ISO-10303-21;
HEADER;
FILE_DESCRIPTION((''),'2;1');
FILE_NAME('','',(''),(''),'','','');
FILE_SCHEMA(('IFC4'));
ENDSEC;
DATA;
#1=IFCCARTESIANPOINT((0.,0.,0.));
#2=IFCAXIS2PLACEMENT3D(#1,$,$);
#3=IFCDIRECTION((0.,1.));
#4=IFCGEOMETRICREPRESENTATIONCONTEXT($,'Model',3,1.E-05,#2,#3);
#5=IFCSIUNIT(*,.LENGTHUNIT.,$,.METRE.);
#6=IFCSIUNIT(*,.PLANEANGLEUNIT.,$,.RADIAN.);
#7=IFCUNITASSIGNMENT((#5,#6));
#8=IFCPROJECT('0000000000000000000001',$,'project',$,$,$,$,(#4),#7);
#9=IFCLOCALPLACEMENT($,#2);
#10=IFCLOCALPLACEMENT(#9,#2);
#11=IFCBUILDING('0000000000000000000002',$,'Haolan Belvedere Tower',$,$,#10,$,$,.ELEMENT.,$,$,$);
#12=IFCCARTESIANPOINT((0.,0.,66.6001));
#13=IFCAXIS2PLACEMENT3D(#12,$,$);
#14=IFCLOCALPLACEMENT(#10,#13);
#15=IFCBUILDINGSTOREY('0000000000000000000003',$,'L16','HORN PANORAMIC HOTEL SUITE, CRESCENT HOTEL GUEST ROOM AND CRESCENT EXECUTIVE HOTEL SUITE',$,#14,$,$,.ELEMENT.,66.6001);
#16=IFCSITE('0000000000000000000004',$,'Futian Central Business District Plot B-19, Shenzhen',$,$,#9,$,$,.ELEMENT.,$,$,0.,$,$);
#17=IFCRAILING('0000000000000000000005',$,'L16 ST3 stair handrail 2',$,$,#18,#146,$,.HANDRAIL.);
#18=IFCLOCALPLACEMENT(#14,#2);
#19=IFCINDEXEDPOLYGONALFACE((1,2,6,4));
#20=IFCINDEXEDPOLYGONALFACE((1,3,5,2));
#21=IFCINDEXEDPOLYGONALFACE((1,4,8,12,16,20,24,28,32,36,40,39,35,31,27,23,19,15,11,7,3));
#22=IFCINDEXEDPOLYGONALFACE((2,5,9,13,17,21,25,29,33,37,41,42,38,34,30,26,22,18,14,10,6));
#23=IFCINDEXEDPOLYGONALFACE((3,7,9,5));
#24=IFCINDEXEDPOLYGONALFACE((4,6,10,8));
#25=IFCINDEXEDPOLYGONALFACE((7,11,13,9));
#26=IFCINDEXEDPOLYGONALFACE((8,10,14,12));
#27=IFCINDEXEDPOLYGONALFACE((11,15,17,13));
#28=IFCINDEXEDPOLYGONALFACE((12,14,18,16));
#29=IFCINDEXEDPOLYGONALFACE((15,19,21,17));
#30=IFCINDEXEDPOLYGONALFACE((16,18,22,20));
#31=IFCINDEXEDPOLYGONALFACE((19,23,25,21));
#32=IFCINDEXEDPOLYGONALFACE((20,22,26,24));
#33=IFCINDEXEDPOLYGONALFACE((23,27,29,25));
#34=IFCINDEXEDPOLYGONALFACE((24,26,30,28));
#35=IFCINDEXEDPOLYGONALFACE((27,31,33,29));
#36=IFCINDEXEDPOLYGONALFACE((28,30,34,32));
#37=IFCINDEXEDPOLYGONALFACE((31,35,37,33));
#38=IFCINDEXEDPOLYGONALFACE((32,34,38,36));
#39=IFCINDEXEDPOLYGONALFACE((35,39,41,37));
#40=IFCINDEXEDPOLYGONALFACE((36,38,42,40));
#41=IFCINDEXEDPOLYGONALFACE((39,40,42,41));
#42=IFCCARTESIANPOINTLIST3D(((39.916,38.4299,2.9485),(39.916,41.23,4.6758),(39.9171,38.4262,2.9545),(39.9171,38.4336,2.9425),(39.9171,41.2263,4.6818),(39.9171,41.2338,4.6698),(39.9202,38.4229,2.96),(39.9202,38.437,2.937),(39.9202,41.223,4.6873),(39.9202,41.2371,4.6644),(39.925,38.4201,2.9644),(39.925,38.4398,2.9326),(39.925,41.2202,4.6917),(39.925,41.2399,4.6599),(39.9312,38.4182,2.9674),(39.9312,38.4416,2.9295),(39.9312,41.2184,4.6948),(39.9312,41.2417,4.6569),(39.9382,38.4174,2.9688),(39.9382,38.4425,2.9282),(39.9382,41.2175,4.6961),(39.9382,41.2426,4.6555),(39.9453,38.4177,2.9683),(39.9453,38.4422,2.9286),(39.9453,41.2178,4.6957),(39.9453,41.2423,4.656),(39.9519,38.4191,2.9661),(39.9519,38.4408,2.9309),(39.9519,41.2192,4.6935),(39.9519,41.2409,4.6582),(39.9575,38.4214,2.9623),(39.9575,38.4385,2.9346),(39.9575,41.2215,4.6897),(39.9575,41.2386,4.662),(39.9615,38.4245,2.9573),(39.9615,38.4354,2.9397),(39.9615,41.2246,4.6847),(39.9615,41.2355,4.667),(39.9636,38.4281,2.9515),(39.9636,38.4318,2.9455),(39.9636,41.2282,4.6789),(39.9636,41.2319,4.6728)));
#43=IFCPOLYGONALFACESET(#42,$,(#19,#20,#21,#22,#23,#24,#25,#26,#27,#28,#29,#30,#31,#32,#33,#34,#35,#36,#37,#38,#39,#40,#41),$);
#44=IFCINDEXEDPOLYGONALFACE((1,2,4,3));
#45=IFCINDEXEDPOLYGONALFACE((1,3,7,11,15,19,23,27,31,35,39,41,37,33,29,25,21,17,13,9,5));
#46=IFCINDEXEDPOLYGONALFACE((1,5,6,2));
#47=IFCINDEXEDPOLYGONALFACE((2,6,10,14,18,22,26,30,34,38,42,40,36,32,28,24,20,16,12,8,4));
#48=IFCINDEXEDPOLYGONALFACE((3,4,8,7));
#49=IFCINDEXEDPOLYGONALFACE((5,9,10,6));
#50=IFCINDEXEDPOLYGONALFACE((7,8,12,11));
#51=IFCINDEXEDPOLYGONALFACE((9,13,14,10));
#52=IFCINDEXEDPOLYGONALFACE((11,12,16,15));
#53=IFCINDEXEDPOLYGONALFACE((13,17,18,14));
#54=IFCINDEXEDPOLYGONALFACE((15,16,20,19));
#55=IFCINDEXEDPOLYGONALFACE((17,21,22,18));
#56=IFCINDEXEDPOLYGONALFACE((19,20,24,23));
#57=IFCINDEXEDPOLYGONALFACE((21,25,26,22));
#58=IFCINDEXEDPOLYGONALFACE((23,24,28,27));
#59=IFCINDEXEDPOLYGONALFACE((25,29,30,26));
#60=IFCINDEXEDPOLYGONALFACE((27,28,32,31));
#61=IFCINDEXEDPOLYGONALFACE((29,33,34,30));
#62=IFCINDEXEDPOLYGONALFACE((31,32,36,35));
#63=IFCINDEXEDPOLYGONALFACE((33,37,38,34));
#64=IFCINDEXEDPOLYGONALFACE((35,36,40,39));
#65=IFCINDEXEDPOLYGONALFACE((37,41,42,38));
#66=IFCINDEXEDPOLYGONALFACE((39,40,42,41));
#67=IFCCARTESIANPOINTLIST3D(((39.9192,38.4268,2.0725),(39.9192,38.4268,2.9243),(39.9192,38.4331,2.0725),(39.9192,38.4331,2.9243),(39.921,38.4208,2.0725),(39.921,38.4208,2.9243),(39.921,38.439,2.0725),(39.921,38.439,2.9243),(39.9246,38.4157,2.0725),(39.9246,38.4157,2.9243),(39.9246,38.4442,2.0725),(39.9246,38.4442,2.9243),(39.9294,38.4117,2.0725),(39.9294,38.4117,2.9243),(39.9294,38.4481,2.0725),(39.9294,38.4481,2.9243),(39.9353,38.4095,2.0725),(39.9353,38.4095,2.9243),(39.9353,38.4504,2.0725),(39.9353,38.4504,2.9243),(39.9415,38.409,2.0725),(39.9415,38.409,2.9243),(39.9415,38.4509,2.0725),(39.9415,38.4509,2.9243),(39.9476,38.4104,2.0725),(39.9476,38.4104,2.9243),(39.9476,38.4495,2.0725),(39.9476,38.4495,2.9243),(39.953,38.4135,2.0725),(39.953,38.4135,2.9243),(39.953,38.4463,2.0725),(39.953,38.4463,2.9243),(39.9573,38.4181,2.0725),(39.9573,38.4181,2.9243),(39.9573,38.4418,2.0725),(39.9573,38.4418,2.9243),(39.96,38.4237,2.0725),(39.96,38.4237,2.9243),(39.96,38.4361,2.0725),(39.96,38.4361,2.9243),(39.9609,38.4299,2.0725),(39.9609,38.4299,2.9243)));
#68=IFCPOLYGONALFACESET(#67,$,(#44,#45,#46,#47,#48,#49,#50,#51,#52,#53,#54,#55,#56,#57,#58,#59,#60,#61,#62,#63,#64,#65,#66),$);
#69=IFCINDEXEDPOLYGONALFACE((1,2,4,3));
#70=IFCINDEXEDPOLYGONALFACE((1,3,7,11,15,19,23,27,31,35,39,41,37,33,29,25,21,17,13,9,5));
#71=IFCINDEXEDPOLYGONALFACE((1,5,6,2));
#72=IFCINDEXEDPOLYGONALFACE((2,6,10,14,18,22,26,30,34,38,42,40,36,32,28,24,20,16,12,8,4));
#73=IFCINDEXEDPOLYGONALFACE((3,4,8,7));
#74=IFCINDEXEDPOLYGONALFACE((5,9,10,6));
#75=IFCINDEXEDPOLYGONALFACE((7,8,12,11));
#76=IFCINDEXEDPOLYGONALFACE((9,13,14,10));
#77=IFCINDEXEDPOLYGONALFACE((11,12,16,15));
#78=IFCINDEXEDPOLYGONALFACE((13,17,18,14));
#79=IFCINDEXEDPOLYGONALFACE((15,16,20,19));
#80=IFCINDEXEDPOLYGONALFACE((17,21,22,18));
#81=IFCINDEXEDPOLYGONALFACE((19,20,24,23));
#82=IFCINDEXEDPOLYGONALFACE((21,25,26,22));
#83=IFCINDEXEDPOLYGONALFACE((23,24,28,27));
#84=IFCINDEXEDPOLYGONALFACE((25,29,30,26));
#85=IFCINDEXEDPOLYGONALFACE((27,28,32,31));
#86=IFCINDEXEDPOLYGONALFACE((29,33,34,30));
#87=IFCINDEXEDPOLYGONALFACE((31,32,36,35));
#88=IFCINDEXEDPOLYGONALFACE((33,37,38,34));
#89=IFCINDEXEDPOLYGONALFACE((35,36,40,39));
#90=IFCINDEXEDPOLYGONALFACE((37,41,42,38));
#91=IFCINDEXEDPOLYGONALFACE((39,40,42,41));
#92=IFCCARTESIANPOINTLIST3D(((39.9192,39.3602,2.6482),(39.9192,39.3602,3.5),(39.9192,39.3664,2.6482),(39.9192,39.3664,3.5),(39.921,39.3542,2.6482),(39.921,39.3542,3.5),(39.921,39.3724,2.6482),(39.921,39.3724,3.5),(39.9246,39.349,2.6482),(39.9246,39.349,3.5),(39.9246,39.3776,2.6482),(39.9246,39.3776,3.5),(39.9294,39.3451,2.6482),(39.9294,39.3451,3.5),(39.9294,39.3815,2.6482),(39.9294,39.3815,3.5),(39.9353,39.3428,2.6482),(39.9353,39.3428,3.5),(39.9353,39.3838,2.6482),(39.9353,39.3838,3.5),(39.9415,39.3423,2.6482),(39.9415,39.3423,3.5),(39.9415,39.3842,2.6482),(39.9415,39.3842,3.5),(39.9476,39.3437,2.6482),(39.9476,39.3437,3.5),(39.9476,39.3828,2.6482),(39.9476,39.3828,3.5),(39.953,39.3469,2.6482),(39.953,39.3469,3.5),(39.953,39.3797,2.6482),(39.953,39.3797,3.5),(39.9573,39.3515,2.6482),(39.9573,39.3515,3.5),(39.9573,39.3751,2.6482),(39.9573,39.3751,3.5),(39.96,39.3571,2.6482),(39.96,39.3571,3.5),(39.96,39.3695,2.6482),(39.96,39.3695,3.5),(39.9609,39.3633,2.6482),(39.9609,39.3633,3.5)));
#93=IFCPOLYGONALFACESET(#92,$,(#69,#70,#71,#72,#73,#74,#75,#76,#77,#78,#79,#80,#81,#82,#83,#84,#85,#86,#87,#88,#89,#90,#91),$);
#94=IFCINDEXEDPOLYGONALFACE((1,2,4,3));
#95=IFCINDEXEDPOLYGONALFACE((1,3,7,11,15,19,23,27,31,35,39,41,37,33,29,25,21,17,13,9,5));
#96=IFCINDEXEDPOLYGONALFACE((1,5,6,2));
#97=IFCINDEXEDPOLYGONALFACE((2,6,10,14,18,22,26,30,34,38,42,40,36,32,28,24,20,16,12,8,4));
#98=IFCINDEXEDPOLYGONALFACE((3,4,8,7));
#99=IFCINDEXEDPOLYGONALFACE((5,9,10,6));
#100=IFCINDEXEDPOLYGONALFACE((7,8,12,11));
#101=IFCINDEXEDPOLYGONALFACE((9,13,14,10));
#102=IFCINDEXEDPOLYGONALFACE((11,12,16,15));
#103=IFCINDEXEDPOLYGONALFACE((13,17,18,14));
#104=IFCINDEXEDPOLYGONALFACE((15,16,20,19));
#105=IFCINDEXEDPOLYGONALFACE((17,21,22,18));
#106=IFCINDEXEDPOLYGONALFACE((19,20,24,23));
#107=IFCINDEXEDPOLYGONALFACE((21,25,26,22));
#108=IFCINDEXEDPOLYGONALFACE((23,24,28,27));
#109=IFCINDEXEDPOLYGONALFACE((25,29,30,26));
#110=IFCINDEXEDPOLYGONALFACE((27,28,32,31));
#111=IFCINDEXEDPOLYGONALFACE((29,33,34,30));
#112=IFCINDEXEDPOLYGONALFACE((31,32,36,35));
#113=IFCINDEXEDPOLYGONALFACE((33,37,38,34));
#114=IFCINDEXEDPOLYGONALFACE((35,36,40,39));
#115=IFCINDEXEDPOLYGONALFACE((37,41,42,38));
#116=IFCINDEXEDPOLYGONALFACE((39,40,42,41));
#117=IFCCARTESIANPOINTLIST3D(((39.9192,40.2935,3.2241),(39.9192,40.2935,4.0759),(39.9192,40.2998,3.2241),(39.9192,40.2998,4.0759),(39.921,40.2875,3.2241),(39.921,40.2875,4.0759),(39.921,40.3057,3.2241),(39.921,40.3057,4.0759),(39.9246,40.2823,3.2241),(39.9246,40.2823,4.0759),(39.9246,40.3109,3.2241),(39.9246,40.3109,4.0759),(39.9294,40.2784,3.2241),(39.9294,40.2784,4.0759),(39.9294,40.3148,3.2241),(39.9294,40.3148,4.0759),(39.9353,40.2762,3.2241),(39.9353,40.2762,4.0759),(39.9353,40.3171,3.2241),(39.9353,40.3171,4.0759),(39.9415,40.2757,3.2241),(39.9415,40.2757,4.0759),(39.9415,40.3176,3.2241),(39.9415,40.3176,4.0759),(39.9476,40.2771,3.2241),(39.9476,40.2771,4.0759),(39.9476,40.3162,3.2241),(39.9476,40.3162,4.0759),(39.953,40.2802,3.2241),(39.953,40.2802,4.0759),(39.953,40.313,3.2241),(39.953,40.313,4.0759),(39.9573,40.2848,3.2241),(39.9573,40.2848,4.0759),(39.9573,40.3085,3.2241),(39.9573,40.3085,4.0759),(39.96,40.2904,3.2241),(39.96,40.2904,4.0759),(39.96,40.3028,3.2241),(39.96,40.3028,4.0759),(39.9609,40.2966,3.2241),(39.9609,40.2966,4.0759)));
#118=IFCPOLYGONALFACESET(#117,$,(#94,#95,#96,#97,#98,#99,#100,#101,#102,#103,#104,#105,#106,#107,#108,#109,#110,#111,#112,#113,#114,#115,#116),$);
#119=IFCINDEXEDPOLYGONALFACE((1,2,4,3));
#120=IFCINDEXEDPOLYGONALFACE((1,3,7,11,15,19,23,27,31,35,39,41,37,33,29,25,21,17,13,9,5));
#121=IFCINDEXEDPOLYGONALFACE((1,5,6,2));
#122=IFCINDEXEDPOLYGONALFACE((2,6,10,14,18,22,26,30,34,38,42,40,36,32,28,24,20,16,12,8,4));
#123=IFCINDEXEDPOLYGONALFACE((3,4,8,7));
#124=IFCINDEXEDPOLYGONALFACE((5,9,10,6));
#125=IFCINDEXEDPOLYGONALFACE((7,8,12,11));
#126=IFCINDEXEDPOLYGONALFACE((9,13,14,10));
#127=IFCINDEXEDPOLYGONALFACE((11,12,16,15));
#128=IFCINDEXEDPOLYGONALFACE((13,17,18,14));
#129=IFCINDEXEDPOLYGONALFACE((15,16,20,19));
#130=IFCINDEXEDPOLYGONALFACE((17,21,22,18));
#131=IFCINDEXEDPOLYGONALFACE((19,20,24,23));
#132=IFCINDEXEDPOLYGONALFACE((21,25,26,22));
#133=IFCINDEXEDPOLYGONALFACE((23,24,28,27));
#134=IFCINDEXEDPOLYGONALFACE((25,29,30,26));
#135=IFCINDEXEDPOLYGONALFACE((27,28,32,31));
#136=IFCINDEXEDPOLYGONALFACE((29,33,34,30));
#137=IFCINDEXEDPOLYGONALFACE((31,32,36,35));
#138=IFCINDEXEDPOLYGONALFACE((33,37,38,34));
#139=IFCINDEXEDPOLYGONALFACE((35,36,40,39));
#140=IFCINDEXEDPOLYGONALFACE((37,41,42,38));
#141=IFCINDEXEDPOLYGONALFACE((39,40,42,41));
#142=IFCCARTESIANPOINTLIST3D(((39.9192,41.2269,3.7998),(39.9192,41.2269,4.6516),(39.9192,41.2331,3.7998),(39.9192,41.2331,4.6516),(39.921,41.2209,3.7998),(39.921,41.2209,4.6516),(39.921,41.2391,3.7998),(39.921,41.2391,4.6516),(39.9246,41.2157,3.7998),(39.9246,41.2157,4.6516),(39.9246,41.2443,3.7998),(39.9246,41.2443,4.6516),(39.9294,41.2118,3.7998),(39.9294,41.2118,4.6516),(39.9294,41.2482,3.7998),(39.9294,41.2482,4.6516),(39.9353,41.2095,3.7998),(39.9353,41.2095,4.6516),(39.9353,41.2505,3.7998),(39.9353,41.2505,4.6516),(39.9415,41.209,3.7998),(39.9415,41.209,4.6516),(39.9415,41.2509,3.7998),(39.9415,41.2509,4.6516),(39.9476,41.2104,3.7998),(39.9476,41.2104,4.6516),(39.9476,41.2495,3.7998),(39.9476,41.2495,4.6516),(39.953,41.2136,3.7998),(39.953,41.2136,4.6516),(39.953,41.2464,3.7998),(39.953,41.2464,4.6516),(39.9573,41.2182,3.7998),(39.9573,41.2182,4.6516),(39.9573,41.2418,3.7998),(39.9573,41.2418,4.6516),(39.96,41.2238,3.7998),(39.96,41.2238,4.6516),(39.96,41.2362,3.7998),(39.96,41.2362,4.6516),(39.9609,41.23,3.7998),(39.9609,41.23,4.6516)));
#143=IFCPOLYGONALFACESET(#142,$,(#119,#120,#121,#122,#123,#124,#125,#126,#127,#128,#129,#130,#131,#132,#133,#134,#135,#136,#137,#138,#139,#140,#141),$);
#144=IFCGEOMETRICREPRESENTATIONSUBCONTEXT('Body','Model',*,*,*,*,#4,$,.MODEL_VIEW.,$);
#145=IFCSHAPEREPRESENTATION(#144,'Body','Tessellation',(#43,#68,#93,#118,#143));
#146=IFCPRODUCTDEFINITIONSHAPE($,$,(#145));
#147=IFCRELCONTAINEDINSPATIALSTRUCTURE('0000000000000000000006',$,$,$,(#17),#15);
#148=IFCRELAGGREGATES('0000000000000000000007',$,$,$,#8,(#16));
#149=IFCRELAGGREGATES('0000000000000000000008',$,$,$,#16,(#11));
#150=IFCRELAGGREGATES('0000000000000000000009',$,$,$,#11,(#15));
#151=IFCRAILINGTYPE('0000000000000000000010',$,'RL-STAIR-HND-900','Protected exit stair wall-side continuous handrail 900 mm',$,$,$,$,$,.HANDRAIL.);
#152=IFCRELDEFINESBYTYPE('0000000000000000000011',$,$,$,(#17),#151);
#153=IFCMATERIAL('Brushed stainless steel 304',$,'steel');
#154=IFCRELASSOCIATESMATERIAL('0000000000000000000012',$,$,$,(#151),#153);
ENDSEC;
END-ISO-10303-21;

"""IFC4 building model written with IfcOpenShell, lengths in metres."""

from ifc_helpers import new_model, si_unit, direction, frame, origin, origin_2d, place, context, subcontext, project, spatial, circle, extrude, material, type_object, element, save


model = new_model("IFC4")

# Units and contexts
model_context = context("Model", 3, precision=1e-05, world=origin(), true_north=direction((0.0, 1.0)))
body_context = subcontext(model_context, "Body", "Model", "MODEL_VIEW")
ifc_project = project(units=[si_unit("LENGTHUNIT", "METRE"), si_unit("PLANEANGLEUNIT", "RADIAN")], contexts=[model_context])

# Site, building, storey
site_placement = place(None, origin())
site = spatial("IfcSite", under=ifc_project, at=site_placement, Name="Futian Central Business District Plot B-19, Shenzhen", CompositionType="ELEMENT", RefElevation=0.0)
building_placement = place(site_placement, origin())
building = spatial("IfcBuilding", under=site, at=building_placement, Name="Haolan Belvedere Tower", CompositionType="ELEMENT")
storey_placement = place(building_placement, frame((0.0, 0.0, 66.6001)))
storey = spatial("IfcBuildingStorey", under=building, at=storey_placement, Name="L16", Description="HORN PANORAMIC HOTEL SUITE, CRESCENT HOTEL GUEST ROOM AND CRESCENT EXECUTIVE HOTEL SUITE", CompositionType="ELEMENT", Elevation=66.6001)

# Railing
ifc_material_1 = material(Name="Brushed stainless steel 304", Category="steel")
railing_type_1 = type_object("IfcRailingType", Name="RL-STAIR-HND-900", Description="Protected exit stair wall-side continuous handrail 900 mm", PredefinedType="HANDRAIL", material=ifc_material_1)
railing_1_placement = place(storey_placement, frame((39.9399, 38.4299, 2.0725)))
element("IfcRailing", 1, at=railing_1_placement, inside=storey, type_object=railing_type_1, Name="L16 ST3 stair handrail 2", PredefinedType="HANDRAIL", context=body_context, shape_type="SweptSolid", body=[
    extrude(circle(Radius=0.0239, at=origin_2d()), frame((0.0, 0.0, 0.876), z_axis=(0.0, 0.85109, 0.52502), x_axis=(-1.0, 0.0, 0.0)), (0.0, 0.0, 1.0), 3.29),
    extrude(circle(Radius=0.021, at=origin_2d()), origin(), (0.0, 0.0, 1.0), 0.8518),
    extrude(circle(Radius=0.021, at=origin_2d()), frame((0.0, 0.9333, 0.5757)), (0.0, 0.0, 1.0), 0.8518),
    extrude(circle(Radius=0.021, at=origin_2d()), frame((0.0, 1.8667, 1.1516)), (0.0, 0.0, 1.0), 0.8518),
    extrude(circle(Radius=0.021, at=origin_2d()), frame((0.0, 2.8, 1.7273)), (0.0, 0.0, 1.0), 0.8518),
])

save(model, "model.ifc")
